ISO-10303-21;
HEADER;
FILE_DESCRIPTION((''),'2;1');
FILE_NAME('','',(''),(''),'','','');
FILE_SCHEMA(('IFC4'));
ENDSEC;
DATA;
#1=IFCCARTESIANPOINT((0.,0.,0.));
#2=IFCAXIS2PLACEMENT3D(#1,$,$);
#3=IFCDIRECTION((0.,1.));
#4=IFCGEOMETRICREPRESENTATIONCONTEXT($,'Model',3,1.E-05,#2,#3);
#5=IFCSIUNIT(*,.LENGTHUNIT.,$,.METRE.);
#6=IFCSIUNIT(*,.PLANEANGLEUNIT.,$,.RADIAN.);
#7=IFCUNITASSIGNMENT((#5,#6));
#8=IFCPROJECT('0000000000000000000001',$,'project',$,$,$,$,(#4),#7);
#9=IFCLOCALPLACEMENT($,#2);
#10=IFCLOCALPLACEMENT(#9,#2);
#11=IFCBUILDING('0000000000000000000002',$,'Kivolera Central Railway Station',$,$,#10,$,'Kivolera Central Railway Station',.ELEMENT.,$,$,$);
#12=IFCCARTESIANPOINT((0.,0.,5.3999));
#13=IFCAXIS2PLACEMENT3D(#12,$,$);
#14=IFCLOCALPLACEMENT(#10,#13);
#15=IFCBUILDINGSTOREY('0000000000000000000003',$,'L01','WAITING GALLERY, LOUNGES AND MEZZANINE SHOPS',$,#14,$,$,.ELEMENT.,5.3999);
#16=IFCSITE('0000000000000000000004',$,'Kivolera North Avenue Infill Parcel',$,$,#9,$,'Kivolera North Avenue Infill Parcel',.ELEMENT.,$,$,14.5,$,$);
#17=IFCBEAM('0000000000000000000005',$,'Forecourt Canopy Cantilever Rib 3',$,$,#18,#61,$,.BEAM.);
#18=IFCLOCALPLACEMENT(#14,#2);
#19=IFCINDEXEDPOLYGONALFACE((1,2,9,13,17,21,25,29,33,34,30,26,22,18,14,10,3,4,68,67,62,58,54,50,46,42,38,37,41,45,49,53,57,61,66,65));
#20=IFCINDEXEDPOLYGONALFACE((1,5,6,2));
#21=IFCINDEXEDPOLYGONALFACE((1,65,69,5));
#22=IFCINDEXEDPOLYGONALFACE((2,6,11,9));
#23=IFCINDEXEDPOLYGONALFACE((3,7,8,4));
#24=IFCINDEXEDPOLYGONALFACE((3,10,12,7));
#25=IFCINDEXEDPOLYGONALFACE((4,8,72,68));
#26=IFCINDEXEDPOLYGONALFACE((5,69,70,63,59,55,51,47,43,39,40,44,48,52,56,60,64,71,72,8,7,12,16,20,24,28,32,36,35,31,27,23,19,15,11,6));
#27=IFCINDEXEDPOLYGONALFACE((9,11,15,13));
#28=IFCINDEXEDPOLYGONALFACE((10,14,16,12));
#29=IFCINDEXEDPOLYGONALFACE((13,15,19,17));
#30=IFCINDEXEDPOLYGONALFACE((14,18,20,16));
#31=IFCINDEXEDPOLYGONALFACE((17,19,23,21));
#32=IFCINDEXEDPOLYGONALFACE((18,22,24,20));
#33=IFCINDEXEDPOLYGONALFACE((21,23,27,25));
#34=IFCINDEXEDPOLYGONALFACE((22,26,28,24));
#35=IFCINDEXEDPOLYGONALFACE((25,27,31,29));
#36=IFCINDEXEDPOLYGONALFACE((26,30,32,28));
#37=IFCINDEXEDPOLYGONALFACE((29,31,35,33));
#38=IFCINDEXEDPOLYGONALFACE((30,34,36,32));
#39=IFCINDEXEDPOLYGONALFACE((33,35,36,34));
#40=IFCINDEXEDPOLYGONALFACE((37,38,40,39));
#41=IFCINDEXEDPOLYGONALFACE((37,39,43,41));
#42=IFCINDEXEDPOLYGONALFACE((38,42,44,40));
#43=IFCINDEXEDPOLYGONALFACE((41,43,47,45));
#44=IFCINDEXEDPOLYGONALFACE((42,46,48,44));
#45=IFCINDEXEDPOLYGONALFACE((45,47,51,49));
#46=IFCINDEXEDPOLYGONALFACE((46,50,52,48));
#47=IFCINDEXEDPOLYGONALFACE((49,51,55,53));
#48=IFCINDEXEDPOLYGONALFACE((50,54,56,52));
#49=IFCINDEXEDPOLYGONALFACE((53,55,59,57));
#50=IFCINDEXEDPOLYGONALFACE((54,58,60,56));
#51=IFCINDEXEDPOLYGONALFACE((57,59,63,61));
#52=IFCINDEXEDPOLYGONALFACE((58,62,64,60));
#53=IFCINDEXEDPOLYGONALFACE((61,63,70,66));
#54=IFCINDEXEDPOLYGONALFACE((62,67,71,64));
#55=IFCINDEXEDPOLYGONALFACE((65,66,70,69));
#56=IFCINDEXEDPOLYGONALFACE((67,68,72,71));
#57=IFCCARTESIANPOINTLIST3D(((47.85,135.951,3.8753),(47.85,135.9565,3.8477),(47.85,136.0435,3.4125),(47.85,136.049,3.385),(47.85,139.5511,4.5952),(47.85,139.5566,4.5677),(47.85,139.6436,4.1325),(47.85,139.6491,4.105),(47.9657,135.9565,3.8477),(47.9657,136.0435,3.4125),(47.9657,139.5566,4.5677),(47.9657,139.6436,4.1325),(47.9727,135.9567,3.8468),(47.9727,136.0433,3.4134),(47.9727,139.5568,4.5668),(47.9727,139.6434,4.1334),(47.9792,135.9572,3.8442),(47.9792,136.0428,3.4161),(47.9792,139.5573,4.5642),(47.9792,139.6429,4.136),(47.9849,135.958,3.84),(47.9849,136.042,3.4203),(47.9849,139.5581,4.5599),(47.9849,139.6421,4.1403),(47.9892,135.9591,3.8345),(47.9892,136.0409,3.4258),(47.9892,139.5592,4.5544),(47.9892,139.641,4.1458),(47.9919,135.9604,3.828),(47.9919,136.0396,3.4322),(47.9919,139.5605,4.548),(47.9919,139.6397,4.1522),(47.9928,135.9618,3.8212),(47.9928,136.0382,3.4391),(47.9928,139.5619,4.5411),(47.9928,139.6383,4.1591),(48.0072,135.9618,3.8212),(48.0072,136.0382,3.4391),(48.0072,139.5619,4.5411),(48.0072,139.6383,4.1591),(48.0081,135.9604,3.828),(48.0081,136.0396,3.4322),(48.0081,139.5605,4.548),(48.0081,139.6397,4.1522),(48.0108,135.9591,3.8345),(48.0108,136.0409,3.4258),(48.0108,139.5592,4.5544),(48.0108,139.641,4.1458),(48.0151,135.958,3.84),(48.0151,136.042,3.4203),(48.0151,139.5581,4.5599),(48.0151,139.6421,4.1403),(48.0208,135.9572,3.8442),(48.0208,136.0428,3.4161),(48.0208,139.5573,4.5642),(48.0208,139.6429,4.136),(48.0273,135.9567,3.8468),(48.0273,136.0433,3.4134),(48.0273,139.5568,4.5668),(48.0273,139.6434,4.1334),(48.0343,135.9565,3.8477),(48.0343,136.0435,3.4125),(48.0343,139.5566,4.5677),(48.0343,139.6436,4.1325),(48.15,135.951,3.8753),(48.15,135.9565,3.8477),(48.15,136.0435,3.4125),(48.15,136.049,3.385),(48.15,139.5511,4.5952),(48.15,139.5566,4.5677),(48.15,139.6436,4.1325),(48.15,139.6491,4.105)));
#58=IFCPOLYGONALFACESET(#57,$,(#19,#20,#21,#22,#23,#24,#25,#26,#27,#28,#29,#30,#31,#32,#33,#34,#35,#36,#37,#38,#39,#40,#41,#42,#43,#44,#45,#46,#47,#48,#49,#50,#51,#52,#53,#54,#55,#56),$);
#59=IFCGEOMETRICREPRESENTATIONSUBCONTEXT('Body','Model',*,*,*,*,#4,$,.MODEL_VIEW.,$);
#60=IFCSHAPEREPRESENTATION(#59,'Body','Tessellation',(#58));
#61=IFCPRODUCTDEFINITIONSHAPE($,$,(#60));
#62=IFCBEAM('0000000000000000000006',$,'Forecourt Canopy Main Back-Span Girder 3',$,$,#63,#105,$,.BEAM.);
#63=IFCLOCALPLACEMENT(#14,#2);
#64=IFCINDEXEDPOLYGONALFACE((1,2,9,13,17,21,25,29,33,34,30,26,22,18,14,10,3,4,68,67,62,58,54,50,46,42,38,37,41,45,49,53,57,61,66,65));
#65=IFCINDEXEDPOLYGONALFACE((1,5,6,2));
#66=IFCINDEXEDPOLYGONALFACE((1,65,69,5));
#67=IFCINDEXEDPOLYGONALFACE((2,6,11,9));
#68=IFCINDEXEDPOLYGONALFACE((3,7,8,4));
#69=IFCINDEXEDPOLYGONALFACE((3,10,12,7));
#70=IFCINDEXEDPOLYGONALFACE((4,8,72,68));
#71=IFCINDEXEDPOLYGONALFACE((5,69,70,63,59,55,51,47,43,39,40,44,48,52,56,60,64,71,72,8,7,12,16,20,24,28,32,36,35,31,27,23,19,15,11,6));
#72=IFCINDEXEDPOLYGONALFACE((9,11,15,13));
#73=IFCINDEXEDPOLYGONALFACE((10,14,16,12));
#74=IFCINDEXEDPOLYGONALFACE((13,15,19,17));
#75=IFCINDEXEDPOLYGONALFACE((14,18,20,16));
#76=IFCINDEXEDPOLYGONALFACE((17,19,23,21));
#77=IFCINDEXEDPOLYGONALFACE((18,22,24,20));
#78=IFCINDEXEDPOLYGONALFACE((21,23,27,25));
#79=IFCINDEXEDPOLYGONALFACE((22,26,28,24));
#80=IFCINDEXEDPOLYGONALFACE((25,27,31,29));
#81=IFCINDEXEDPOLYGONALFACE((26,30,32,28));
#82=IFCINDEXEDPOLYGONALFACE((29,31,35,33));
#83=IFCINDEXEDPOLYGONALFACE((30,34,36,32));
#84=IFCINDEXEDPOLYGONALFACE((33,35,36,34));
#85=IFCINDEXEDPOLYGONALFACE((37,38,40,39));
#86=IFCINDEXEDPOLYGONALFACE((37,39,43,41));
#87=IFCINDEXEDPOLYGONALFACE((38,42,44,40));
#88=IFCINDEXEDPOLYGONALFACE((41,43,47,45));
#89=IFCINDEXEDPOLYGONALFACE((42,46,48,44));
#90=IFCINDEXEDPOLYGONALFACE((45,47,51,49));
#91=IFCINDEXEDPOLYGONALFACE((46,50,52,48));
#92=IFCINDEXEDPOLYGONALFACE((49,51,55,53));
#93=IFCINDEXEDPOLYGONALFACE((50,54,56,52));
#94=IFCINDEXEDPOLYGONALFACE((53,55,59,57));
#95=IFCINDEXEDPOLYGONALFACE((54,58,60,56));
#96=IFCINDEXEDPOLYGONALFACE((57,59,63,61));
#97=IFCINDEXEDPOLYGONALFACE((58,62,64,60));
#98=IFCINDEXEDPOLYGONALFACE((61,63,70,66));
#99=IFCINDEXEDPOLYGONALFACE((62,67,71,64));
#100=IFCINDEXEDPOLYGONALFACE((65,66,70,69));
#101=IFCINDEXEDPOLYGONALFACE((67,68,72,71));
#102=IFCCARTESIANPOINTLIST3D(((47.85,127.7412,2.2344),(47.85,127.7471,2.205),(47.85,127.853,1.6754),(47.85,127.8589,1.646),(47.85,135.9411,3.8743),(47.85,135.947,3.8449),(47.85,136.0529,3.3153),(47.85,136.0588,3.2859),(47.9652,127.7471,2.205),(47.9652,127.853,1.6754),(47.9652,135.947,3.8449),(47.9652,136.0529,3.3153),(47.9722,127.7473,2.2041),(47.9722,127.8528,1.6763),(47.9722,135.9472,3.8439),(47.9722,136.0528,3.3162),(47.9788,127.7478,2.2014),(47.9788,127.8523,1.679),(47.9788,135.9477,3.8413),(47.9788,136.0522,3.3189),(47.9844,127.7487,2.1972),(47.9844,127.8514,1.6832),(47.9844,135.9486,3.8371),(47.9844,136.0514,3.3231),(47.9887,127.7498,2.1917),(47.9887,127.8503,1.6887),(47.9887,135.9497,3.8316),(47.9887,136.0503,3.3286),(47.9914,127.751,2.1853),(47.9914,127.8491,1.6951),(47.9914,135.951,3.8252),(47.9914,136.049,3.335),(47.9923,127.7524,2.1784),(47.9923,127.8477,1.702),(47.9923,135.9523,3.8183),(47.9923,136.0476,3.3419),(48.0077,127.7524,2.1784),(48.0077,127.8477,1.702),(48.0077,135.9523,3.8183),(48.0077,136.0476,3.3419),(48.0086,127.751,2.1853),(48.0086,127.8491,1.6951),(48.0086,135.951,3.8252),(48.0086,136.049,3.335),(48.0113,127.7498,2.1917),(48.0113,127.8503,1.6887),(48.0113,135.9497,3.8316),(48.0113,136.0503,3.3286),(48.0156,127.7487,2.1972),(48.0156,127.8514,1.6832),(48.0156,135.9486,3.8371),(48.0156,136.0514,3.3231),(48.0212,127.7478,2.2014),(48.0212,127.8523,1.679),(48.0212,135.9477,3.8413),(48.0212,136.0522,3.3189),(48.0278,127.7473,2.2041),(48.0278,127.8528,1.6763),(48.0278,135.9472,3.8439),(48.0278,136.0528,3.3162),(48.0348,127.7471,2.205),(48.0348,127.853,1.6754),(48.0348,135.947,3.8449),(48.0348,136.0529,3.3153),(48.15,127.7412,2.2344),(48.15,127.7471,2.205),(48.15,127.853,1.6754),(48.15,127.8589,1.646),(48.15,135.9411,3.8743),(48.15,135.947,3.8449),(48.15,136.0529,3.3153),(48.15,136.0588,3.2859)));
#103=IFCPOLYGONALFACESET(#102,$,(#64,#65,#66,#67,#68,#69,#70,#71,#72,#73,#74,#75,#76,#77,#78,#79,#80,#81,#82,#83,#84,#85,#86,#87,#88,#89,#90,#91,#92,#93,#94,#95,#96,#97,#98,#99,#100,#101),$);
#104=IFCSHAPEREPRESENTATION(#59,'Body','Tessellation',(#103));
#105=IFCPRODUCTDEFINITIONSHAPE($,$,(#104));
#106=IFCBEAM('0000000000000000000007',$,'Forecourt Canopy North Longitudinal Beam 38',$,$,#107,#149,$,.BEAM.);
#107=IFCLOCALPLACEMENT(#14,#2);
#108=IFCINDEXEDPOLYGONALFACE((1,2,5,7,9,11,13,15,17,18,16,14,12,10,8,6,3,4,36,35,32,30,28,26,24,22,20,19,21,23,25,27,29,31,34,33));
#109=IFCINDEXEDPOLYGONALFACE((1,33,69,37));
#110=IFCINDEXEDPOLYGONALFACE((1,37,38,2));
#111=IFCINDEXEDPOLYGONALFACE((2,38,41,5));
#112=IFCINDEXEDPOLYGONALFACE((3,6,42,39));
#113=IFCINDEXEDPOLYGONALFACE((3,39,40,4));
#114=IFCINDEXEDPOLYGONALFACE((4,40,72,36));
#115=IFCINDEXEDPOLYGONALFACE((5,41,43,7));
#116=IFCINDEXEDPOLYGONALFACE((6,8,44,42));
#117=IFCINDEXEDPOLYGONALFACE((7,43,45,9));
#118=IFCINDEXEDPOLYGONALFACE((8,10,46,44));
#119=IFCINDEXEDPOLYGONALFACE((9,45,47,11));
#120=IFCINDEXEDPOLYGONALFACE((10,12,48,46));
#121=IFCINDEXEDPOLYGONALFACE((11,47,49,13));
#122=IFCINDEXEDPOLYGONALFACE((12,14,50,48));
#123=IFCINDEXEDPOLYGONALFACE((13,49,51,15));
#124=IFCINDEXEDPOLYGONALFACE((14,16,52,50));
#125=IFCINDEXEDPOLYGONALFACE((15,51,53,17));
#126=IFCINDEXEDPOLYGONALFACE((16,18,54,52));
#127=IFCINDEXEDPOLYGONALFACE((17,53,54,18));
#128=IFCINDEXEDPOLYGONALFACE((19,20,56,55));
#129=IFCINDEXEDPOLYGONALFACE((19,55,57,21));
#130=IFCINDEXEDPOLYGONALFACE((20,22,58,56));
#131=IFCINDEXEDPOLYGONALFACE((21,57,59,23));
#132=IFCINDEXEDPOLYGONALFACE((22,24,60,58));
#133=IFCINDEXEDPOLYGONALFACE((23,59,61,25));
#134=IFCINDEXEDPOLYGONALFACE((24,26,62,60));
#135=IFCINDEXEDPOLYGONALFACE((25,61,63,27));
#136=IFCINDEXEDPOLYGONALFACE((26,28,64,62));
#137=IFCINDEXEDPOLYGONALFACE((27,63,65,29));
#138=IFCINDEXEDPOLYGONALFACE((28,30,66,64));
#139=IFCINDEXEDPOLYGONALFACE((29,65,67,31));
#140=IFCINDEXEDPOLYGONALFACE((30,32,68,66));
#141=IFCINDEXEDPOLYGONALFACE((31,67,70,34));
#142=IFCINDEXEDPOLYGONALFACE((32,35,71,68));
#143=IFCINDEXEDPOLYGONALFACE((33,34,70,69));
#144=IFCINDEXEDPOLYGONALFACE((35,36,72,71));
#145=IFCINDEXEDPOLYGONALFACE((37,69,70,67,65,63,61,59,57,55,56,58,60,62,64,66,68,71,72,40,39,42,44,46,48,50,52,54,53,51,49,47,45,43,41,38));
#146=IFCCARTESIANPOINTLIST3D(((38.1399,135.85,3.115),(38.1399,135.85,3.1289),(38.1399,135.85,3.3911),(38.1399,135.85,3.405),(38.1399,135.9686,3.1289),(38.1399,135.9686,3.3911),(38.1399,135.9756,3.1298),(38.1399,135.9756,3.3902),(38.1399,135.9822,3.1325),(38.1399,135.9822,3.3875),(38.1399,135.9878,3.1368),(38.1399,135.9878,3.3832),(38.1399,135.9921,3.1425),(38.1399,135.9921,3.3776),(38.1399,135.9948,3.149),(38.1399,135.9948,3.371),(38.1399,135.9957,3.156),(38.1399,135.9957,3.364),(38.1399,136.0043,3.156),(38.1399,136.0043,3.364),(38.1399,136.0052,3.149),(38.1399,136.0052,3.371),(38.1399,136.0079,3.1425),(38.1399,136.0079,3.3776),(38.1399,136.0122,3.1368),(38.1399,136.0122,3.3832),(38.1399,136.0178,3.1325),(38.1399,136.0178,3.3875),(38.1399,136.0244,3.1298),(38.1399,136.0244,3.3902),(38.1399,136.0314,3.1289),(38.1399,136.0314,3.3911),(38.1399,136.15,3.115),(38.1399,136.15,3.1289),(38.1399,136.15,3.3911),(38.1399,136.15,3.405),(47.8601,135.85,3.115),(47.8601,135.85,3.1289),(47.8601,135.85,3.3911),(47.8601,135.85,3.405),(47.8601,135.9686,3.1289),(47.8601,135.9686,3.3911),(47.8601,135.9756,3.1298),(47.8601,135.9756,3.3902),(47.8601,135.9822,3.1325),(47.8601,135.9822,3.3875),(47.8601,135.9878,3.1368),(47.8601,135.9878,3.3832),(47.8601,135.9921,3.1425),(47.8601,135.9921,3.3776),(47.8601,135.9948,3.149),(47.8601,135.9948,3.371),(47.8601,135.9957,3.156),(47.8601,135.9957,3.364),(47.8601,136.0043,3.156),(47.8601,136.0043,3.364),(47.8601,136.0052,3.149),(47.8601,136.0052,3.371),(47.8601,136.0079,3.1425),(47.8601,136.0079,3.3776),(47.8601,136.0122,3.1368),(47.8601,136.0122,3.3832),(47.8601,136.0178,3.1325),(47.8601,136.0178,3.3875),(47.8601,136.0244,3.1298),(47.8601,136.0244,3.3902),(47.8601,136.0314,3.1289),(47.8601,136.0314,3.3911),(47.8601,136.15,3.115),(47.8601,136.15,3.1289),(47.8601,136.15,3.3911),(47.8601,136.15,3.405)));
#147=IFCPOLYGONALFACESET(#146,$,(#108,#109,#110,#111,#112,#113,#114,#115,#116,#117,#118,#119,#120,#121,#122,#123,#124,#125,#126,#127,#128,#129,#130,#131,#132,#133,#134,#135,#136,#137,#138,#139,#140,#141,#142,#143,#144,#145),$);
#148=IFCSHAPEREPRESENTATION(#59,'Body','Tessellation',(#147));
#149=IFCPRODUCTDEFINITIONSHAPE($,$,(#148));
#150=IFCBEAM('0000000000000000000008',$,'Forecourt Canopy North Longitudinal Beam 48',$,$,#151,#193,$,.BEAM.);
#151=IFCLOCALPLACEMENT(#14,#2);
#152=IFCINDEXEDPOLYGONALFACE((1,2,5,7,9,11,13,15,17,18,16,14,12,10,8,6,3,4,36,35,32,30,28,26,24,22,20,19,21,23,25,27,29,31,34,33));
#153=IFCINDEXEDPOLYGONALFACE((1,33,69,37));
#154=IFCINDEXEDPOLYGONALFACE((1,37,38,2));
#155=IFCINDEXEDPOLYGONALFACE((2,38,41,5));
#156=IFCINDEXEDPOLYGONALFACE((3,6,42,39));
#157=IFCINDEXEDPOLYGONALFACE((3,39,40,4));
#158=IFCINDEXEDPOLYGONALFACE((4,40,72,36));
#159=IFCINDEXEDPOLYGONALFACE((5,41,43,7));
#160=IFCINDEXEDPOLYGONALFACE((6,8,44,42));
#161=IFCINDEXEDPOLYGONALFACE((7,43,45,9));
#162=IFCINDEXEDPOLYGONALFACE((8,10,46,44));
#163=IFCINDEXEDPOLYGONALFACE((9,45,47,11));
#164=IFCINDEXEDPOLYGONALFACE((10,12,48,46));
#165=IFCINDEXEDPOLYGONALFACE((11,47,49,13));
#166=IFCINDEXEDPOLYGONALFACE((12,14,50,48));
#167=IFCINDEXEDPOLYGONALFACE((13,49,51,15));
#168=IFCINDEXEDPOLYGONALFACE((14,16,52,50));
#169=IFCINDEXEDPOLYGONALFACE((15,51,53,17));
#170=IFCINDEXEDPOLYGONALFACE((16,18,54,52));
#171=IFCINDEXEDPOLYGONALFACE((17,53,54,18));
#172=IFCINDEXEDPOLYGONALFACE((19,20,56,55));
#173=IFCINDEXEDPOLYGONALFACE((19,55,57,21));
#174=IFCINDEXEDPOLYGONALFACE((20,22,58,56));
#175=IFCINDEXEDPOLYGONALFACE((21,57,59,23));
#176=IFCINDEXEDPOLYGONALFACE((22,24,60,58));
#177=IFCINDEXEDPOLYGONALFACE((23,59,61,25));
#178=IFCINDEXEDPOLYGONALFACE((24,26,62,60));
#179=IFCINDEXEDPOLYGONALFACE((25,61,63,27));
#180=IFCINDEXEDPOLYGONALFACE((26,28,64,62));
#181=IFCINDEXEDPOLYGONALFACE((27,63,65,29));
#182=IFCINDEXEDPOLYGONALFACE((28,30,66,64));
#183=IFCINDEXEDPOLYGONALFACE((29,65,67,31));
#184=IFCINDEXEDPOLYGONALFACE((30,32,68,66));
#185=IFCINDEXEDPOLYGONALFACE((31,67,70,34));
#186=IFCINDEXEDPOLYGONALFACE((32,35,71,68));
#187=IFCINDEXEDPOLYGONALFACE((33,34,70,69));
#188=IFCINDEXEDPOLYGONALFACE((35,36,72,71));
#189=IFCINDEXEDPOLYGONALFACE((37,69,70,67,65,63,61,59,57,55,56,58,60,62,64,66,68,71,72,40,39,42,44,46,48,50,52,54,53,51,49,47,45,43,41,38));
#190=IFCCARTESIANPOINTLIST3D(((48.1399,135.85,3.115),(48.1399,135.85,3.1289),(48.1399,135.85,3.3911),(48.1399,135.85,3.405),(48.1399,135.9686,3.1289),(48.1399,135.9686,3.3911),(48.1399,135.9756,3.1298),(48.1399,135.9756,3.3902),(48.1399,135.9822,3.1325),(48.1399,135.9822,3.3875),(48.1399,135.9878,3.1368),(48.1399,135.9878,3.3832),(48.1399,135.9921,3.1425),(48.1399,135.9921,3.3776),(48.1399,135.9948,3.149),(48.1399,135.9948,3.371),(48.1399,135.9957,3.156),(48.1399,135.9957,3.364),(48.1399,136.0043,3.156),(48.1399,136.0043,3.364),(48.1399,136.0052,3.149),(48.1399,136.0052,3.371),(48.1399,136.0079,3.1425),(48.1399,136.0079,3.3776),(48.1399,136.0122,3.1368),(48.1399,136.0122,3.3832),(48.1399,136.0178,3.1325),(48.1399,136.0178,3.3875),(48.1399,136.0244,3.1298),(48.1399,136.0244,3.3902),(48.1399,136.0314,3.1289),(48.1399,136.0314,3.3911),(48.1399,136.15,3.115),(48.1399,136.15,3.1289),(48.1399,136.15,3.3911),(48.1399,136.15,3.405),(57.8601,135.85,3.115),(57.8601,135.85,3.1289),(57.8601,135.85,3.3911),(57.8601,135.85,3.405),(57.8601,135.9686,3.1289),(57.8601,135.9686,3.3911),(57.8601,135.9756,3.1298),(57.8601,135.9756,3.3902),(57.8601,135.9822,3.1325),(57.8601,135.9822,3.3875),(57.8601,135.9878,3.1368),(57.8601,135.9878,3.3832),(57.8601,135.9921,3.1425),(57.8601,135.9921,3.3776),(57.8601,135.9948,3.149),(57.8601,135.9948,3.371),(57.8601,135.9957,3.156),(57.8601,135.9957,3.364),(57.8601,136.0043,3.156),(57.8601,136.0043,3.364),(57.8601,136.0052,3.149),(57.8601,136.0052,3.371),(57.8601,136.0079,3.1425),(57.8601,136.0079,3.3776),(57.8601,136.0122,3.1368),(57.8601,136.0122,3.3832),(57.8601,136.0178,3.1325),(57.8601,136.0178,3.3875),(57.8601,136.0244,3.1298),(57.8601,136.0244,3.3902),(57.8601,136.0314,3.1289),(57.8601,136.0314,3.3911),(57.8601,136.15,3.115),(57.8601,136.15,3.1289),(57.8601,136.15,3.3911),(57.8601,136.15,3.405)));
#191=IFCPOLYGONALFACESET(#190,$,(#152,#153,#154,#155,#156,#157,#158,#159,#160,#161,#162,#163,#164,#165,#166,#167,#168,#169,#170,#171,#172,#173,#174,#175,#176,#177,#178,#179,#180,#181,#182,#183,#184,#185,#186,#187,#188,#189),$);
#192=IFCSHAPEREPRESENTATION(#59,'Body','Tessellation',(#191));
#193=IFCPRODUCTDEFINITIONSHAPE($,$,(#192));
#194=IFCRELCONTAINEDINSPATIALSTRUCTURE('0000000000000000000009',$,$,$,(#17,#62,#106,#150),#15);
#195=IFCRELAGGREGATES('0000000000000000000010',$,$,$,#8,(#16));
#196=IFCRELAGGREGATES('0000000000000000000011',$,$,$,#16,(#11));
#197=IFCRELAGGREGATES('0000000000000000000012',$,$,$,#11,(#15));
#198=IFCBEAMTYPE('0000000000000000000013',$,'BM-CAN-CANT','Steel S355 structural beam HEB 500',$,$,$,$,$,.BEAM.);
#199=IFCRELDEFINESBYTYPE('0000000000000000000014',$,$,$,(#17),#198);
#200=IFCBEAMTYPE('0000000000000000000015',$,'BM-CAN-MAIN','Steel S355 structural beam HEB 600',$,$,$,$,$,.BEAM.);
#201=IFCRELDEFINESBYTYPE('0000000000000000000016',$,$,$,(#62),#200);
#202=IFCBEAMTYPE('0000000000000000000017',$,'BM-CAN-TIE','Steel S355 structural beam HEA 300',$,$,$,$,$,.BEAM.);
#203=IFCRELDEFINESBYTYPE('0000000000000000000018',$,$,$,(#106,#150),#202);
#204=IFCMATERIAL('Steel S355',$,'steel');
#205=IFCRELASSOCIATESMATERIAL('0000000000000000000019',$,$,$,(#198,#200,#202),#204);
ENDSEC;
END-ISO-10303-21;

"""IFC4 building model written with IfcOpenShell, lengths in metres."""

from ifc_helpers import new_model, si_unit, direction, frame, origin, origin_2d, place, context, subcontext, project, spatial, i_section, extrude, material, material_profile, profile_set, type_object, element, save


model = new_model("IFC4")

# Units and contexts
model_context = context("Model", 3, precision=1e-05, world=origin(), true_north=direction((0.0, 1.0)))
body_context = subcontext(model_context, "Body", "Model", "MODEL_VIEW")
ifc_project = project(units=[si_unit("LENGTHUNIT", "METRE"), si_unit("PLANEANGLEUNIT", "RADIAN")], contexts=[model_context])

# Site, building, storey
site_placement = place(None, origin())
site = spatial("IfcSite", under=ifc_project, at=site_placement, Name="Kivolera North Avenue Infill Parcel", LongName="Kivolera North Avenue Infill Parcel", CompositionType="ELEMENT", RefElevation=14.5)
building_placement = place(site_placement, origin())
building = spatial("IfcBuilding", under=site, at=building_placement, Name="Kivolera Central Railway Station", LongName="Kivolera Central Railway Station", CompositionType="ELEMENT")
storey_placement = place(building_placement, frame((0.0, 0.0, 5.3999)))
storey = spatial("IfcBuildingStorey", under=building, at=storey_placement, Name="L01", Description="WAITING GALLERY, LOUNGES AND MEZZANINE SHOPS", CompositionType="ELEMENT", Elevation=5.3999)

# Shared definitions
ifc_material = material(Name="Steel S355", Category="steel")

# Beams
ifc_material_profile_1 = material_profile(ifc_material, i_section(OverallWidth=0.3, OverallDepth=0.5, WebThickness=0.0144, FlangeThickness=0.0281, FilletRadius=0.0271, at=origin_2d()), Name="HEB 500")
ifc_profile_set_1 = profile_set([ifc_material_profile_1], Name="Steel S355")
beam_type_1 = type_object("IfcBeamType", Name="BM-CAN-CANT", Description="Steel S355 structural beam HEB 500", PredefinedType="BEAM", material=ifc_profile_set_1)
for number, where, z_axis, x_axis, name in (
    (1, (48.0, 136.0, 3.6301), (0.0, 0.980583, 0.196103), (-1.0, 0.0, 0.0), "Forecourt Canopy Cantilever Rib 3"),
):
    element("IfcBeam", number, at=place(storey_placement, frame(where, z_axis=z_axis, x_axis=x_axis)), inside=storey, type_object=beam_type_1, Name=name, PredefinedType="BEAM", context=body_context, shape_type="SweptSolid", body=[
        extrude(i_section(OverallWidth=0.3, OverallDepth=0.5, WebThickness=0.0144, FlangeThickness=0.0281, FilletRadius=0.0271, at=origin_2d()), origin(), (0.0, 0.0, 1.0), 3.6714),
    ])
ifc_material_profile_2 = material_profile(ifc_material, i_section(OverallWidth=0.3, OverallDepth=0.6001, WebThickness=0.0154, FlangeThickness=0.03, FilletRadius=0.0271, at=origin_2d()), Name="HEB 600")
ifc_profile_set_2 = profile_set([ifc_material_profile_2], Name="Steel S355")
beam_type_2 = type_object("IfcBeamType", Name="BM-CAN-MAIN", Description="Steel S355 structural beam HEB 600", PredefinedType="BEAM", material=ifc_profile_set_2)
beam_placement = place(storey_placement, frame((48.0, 127.8, 1.9402), z_axis=(0.0, 0.980583, 0.196105), x_axis=(-1.0, 0.0, 0.0)))
element("IfcBeam", 2, at=beam_placement, inside=storey, type_object=beam_type_2, Name="Forecourt Canopy Main Back-Span Girder 3", PredefinedType="BEAM", context=body_context, shape_type="SweptSolid", body=[
    extrude(i_section(OverallWidth=0.3, OverallDepth=0.6001, WebThickness=0.0154, FlangeThickness=0.03, FilletRadius=0.0271, at=origin_2d()), origin(), (0.0, 0.0, 1.0), 8.3623),
])
ifc_material_profile_3 = material_profile(ifc_material, i_section(OverallWidth=0.3, OverallDepth=0.29, WebThickness=0.0085, FlangeThickness=0.0139, FilletRadius=0.0271, at=origin_2d()), Name="HEA 300")
ifc_profile_set_3 = profile_set([ifc_material_profile_3], Name="Steel S355")
beam_type_3 = type_object("IfcBeamType", Name="BM-CAN-TIE", Description="Steel S355 structural beam HEA 300", PredefinedType="BEAM", material=ifc_profile_set_3)
for number, where, z_axis, x_axis, name in (
    (3, (38.1399, 136.0, 3.26), (1.0, 0.0, 0.0), (0.0, 1.0, 0.0), "Forecourt Canopy North Longitudinal Beam 38"),
    (4, (48.1399, 136.0, 3.26), (1.0, 0.0, 0.0), (0.0, 1.0, 0.0), "Forecourt Canopy North Longitudinal Beam 48"),
):
    element("IfcBeam", number, at=place(storey_placement, frame(where, z_axis=z_axis, x_axis=x_axis)), inside=storey, type_object=beam_type_3, Name=name, PredefinedType="BEAM", context=body_context, shape_type="SweptSolid", body=[
        extrude(i_section(OverallWidth=0.3, OverallDepth=0.29, WebThickness=0.0085, FlangeThickness=0.0139, FilletRadius=0.0271, at=origin_2d()), origin(), (0.0, 0.0, 1.0), 9.7202),
    ])

save(model, "model.ifc")
